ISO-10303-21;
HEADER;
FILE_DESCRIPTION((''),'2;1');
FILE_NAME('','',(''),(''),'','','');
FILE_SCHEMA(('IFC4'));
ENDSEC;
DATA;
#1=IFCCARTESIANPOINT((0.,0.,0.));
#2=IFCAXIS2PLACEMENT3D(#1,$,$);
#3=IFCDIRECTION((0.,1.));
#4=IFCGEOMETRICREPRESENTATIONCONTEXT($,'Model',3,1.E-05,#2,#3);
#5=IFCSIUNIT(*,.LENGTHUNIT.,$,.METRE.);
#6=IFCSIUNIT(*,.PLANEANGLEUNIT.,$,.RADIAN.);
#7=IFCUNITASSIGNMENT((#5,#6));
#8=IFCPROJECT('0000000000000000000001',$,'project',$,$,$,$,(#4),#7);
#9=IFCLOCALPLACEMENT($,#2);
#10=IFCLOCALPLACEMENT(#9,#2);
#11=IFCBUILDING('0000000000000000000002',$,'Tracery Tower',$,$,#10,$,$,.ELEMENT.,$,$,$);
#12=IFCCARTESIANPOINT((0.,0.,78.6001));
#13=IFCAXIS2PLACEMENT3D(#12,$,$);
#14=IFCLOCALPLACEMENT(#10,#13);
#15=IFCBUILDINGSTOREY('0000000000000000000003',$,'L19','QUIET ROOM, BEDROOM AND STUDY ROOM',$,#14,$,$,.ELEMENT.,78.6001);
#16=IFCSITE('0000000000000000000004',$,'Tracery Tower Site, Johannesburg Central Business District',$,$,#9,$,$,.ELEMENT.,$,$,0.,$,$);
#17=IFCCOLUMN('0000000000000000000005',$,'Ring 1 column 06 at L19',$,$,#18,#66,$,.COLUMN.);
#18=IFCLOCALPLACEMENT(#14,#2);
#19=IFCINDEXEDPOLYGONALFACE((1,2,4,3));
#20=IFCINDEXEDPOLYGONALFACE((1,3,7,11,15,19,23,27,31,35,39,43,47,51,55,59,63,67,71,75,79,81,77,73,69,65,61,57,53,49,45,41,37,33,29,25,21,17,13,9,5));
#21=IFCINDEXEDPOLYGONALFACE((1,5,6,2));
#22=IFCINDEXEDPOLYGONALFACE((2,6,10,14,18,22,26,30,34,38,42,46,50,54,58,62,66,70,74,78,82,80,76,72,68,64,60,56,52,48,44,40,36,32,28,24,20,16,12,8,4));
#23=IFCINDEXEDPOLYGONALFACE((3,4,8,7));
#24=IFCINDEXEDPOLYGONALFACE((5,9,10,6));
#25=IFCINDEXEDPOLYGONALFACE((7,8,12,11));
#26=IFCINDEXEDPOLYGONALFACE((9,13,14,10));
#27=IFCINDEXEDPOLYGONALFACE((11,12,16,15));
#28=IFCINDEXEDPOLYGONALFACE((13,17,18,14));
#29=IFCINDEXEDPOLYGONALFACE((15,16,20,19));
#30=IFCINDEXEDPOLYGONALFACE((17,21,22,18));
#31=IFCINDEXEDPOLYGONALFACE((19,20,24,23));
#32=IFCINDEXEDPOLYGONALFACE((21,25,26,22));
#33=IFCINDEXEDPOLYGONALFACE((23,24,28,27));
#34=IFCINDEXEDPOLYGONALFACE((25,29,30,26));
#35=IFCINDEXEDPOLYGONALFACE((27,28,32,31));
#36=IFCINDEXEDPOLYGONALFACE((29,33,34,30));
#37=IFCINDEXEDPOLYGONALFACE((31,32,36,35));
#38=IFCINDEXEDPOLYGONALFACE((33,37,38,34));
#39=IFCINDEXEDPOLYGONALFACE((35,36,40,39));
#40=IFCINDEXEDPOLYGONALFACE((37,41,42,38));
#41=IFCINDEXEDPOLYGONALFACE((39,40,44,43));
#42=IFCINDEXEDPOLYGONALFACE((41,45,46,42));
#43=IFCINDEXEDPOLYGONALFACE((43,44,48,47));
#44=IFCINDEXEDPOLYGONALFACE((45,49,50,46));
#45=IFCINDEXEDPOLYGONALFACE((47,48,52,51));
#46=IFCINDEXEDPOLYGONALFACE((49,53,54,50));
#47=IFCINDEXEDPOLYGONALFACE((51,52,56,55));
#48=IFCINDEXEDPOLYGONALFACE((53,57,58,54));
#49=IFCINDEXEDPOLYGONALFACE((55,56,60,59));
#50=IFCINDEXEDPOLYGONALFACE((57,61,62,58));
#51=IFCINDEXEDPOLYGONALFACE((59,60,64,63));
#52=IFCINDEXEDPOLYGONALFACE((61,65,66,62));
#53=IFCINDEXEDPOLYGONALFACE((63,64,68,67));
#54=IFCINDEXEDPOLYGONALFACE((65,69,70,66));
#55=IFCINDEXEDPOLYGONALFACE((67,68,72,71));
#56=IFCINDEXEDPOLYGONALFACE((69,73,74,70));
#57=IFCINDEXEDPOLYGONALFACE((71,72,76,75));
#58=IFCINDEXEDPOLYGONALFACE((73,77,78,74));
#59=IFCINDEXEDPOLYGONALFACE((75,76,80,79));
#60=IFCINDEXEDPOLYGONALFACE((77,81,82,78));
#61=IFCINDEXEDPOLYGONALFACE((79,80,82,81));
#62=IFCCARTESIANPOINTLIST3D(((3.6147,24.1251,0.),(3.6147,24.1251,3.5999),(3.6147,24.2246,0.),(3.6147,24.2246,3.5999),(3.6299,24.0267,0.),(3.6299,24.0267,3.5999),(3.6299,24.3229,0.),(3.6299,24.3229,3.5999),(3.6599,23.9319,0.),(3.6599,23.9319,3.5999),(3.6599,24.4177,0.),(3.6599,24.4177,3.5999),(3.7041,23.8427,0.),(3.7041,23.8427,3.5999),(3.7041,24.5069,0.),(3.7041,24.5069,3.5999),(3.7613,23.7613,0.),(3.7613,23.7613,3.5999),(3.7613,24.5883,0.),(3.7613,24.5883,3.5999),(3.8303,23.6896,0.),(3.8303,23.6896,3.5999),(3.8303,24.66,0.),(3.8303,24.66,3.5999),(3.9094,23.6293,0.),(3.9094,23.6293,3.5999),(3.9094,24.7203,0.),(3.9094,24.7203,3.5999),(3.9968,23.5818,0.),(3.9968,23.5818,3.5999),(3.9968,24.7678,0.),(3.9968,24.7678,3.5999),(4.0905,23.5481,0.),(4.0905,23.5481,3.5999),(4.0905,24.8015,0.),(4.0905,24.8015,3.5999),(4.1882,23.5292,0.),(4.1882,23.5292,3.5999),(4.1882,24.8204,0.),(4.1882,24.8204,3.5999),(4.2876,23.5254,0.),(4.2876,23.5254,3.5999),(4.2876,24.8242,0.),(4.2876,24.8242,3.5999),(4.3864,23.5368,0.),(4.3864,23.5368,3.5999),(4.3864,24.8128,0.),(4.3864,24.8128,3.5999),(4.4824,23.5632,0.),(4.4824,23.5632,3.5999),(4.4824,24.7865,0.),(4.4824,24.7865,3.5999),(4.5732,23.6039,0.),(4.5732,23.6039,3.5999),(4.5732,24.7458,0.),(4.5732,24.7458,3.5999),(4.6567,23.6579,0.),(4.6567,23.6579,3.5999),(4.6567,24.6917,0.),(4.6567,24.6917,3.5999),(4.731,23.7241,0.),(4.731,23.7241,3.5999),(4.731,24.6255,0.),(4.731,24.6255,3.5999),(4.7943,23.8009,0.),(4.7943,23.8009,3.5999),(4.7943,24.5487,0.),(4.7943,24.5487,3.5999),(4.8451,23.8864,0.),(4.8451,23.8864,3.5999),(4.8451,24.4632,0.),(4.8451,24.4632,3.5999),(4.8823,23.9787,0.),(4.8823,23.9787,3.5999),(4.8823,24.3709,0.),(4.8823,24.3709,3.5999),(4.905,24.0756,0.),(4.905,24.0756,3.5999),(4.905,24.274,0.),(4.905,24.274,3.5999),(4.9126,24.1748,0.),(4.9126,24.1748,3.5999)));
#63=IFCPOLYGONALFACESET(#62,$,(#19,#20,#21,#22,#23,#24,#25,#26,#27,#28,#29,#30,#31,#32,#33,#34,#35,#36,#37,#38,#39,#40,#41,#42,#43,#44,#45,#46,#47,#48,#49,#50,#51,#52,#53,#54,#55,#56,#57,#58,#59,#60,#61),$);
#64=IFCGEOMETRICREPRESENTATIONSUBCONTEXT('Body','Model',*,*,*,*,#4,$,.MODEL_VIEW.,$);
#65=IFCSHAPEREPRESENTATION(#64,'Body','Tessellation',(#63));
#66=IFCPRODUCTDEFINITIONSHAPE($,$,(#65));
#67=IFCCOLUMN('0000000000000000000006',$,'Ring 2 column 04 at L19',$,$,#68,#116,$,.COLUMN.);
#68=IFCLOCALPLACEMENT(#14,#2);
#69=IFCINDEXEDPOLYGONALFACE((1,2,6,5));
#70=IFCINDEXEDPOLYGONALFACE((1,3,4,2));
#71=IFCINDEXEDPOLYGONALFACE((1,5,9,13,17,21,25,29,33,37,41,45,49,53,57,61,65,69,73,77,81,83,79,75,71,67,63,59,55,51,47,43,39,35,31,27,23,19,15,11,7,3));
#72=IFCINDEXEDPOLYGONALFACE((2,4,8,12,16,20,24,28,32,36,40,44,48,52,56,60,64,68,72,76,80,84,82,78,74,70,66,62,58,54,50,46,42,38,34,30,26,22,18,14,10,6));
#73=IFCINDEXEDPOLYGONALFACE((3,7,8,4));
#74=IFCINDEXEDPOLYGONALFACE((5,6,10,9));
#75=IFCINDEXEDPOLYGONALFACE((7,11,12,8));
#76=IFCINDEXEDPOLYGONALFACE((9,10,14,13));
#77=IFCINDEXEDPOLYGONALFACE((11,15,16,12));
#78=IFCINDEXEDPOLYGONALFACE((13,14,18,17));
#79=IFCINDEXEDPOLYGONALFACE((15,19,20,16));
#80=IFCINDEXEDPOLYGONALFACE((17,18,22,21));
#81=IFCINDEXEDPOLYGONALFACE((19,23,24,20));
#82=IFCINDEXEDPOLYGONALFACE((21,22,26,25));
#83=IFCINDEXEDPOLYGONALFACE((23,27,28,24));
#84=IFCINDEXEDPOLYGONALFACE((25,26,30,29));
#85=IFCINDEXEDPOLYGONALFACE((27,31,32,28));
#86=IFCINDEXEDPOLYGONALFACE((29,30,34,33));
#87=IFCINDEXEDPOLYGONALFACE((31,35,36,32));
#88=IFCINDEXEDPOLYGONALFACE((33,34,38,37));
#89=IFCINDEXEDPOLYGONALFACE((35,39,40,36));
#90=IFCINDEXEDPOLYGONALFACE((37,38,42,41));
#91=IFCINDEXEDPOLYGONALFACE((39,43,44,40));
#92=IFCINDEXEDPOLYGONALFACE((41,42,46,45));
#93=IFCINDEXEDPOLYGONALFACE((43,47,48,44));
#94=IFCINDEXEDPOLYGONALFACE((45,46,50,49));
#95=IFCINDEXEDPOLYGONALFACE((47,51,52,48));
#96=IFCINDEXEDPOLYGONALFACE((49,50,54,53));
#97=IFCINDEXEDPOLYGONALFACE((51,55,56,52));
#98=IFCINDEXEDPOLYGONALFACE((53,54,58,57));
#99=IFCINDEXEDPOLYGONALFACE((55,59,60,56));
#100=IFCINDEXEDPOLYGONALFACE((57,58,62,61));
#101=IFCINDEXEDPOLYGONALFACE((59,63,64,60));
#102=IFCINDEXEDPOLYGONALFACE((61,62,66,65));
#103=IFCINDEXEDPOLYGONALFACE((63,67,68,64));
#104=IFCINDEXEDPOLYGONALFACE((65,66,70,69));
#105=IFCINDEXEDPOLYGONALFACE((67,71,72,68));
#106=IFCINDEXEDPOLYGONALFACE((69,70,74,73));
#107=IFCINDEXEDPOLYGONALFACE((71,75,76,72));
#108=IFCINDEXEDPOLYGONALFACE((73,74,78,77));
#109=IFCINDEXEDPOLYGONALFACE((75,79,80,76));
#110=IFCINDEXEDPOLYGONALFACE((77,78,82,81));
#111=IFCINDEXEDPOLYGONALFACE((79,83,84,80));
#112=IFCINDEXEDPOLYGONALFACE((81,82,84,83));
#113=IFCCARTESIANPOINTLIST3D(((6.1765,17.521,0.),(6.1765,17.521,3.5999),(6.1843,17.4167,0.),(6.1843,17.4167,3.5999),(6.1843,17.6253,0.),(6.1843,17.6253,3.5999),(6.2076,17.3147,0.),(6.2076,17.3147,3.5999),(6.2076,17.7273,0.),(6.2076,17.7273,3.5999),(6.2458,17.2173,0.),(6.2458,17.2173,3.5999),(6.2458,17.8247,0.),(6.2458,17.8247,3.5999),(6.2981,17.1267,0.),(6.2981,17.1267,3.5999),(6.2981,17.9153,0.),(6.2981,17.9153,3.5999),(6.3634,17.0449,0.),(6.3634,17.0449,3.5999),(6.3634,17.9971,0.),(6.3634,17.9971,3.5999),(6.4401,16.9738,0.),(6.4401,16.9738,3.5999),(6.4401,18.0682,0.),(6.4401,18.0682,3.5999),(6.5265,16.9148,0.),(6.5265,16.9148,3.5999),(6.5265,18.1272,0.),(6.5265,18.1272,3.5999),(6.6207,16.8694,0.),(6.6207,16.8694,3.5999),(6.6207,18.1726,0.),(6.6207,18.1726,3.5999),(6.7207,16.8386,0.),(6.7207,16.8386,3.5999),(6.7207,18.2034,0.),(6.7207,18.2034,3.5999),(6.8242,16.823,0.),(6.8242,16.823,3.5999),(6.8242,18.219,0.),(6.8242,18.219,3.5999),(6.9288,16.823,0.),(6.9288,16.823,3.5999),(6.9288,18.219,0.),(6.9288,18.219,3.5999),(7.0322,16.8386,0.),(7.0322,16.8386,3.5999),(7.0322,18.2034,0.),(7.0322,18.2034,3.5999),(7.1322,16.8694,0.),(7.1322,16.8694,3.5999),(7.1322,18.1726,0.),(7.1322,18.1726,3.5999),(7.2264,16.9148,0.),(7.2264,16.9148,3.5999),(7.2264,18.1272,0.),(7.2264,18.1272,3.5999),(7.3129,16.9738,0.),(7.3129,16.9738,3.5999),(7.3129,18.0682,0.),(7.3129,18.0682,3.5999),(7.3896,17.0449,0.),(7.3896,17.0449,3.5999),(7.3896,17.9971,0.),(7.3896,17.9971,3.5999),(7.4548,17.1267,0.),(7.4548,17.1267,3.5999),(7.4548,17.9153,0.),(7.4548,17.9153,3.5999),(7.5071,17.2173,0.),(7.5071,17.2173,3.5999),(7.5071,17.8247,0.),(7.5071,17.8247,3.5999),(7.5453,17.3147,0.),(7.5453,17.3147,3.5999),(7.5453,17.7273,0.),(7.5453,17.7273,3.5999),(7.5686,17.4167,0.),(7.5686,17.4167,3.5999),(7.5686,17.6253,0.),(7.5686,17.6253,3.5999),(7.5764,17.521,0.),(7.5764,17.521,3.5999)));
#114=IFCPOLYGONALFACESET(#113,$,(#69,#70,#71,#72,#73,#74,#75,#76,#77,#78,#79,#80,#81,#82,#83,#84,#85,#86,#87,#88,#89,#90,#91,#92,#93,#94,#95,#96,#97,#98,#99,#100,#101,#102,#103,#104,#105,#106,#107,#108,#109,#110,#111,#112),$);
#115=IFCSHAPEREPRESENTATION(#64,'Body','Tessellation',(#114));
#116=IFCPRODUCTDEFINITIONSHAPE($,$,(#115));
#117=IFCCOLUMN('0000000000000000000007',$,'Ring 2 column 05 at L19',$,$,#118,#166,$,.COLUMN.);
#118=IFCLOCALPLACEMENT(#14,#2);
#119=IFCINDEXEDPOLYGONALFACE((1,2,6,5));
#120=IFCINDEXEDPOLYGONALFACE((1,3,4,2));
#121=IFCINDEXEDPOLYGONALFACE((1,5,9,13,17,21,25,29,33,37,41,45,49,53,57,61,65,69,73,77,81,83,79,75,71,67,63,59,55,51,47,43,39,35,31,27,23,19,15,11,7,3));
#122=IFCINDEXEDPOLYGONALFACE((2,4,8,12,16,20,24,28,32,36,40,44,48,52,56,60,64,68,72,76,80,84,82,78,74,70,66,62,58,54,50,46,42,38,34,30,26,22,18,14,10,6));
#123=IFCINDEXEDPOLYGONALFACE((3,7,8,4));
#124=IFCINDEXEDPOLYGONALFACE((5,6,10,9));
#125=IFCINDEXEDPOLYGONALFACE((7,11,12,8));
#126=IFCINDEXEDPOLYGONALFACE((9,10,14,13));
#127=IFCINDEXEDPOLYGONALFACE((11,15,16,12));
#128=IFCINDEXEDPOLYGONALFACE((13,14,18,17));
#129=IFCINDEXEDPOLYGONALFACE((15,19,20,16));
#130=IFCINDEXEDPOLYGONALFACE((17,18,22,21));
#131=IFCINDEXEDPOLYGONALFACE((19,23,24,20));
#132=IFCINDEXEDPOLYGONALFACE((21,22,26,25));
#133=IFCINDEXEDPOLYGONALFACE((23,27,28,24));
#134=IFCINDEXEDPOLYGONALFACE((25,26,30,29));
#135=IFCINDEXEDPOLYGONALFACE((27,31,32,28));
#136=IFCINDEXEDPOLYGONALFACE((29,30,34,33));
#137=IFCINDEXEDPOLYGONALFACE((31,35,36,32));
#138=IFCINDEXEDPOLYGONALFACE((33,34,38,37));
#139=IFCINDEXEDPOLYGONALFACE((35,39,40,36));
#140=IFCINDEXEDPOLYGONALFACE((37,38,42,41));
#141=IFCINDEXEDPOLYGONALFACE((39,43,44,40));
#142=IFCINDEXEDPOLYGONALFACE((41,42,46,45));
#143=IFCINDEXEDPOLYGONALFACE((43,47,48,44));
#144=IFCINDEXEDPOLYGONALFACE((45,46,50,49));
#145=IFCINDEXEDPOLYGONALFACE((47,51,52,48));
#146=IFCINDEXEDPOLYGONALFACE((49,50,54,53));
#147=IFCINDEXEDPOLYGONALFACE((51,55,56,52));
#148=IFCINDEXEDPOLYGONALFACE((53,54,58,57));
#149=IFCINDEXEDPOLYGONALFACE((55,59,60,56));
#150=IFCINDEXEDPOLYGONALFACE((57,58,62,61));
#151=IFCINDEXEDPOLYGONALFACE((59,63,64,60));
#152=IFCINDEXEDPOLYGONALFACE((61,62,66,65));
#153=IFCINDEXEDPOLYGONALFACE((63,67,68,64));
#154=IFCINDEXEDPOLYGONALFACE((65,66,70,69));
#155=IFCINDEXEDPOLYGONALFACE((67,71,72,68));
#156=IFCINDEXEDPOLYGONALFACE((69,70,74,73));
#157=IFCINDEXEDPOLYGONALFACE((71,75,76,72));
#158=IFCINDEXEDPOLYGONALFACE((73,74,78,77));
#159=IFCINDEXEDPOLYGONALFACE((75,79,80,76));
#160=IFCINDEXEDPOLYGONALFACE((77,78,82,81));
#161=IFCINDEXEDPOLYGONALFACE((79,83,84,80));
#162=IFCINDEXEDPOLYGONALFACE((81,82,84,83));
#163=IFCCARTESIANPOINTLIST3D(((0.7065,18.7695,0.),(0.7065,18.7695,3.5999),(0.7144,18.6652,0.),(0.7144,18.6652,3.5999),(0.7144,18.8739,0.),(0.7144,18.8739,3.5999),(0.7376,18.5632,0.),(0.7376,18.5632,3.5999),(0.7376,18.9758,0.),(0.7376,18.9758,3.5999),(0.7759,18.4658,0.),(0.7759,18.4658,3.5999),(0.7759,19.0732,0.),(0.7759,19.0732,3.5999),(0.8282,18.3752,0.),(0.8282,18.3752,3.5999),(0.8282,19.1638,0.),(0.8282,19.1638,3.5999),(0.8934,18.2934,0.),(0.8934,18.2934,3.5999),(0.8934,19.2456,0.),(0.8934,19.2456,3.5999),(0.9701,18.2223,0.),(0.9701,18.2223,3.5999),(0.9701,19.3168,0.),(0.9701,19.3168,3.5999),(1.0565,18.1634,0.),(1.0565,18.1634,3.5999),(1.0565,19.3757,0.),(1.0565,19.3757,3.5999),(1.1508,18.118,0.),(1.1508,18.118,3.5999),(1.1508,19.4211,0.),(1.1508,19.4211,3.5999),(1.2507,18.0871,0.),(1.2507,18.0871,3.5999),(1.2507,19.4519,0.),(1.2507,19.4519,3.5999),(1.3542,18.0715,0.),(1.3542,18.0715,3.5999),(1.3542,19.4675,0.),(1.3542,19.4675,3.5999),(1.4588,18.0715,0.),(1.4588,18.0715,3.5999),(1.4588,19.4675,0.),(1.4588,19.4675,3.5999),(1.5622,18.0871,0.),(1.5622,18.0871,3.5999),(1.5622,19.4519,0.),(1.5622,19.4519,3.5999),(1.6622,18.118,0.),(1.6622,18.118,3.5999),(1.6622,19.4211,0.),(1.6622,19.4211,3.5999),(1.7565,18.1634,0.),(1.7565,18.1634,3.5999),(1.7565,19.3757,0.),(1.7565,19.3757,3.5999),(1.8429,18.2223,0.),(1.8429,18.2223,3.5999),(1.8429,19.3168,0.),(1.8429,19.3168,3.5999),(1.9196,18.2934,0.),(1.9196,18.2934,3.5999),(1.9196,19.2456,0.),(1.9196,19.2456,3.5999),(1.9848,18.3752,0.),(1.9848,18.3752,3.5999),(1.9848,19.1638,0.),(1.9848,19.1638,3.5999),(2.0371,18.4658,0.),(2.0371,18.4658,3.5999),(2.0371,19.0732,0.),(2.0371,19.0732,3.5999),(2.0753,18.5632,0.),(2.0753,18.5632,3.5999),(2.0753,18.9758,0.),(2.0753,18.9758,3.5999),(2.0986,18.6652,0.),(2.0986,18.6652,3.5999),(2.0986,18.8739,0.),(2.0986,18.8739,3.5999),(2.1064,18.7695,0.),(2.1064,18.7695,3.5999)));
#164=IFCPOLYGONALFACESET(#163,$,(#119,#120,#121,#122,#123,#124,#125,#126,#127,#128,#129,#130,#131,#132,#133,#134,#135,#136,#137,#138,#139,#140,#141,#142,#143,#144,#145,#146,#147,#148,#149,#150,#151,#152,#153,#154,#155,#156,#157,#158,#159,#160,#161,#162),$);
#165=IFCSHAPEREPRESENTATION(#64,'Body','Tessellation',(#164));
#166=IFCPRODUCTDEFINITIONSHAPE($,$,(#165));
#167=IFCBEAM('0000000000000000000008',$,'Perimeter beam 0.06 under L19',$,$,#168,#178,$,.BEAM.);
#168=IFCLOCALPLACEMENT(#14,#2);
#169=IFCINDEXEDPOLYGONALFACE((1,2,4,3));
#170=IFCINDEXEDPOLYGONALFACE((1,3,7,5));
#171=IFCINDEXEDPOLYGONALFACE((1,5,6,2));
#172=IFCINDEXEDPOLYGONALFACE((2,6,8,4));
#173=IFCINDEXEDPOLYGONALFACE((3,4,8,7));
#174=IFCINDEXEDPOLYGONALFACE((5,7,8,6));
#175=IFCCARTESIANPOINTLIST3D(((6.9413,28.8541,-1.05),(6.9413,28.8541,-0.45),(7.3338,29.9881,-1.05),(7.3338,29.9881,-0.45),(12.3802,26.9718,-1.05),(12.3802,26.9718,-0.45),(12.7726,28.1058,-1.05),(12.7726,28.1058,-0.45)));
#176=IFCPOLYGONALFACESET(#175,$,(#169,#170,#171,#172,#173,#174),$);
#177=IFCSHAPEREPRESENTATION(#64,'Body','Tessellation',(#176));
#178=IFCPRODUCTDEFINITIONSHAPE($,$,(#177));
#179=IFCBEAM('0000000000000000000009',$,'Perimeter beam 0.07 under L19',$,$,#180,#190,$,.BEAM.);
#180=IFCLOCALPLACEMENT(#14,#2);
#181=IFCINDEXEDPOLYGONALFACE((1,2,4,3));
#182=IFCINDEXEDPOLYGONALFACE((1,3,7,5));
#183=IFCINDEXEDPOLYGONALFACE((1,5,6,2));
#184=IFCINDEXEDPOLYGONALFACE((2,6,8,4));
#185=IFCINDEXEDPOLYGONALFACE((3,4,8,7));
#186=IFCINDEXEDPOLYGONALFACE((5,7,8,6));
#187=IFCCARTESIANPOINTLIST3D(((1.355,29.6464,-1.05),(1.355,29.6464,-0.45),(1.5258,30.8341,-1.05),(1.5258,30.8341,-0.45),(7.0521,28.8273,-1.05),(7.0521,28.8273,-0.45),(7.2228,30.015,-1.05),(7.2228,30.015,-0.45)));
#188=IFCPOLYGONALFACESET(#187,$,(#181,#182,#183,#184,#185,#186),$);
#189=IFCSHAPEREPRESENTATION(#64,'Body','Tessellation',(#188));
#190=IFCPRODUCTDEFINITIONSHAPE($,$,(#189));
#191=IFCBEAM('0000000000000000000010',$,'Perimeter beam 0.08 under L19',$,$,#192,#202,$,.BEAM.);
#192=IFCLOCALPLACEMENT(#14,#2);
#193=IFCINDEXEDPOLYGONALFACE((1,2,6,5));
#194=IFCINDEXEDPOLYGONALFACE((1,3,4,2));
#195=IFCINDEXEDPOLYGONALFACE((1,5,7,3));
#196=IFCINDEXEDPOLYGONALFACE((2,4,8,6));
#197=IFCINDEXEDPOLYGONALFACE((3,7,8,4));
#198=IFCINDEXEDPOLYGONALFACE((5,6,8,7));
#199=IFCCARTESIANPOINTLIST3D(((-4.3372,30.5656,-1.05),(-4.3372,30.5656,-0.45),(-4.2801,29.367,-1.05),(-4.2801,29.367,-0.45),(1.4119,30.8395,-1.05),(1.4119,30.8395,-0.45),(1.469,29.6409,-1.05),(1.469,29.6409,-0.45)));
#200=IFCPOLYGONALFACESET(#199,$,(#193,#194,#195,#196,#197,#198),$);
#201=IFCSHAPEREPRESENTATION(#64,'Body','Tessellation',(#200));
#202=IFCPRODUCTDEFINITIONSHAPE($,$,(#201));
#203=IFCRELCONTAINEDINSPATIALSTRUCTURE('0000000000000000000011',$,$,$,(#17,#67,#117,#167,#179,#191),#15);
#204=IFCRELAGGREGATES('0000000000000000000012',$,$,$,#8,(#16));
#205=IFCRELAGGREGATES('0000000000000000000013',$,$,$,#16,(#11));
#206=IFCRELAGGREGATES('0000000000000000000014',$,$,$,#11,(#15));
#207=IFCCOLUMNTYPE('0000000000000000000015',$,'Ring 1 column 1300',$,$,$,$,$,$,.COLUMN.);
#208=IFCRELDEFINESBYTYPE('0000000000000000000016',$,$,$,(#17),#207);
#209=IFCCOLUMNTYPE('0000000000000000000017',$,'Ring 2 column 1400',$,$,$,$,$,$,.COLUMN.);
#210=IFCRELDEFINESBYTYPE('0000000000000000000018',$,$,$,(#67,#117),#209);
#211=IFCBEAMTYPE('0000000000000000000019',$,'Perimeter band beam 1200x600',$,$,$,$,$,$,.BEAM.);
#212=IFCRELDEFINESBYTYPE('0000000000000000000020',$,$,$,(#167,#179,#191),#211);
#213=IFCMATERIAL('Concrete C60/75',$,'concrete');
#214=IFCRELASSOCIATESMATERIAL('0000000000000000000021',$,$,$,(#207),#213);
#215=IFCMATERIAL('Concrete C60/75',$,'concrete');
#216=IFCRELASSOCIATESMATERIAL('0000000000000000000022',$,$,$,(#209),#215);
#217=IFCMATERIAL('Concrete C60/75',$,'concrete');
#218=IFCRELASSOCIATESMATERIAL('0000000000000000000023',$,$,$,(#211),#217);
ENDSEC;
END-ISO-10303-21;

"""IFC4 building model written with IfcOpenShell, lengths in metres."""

from ifc_helpers import new_model, si_unit, direction, frame, origin, origin_2d, place, context, subcontext, project, spatial, rectangle, circle, extrude, material, material_profile, profile_set, type_object, element, save


model = new_model("IFC4")

# Units and contexts
model_context = context("Model", 3, precision=1e-05, world=origin(), true_north=direction((0.0, 1.0)))
body_context = subcontext(model_context, "Body", "Model", "MODEL_VIEW")
ifc_project = project(units=[si_unit("LENGTHUNIT", "METRE"), si_unit("PLANEANGLEUNIT", "RADIAN")], contexts=[model_context])

# Site, building, storey
site_placement = place(None, origin())
site = spatial("IfcSite", under=ifc_project, at=site_placement, Name="Tracery Tower Site, Johannesburg Central Business District", CompositionType="ELEMENT", RefElevation=0.0)
building_placement = place(site_placement, origin())
building = spatial("IfcBuilding", under=site, at=building_placement, Name="Tracery Tower", CompositionType="ELEMENT")
storey_placement = place(building_placement, frame((0.0, 0.0, 78.6001)))
storey = spatial("IfcBuildingStorey", under=building, at=storey_placement, Name="L19", Description="QUIET ROOM, BEDROOM AND STUDY ROOM", CompositionType="ELEMENT", Elevation=78.6001)

# Columns
ifc_material_1 = material(Name="Concrete C60/75", Category="concrete")
ifc_material_profile_1 = material_profile(ifc_material_1, circle(Radius=0.6499, at=origin_2d()), Name="RC D1300")
ifc_profile_set_1 = profile_set([ifc_material_profile_1], Name="Concrete C60/75")
column_type_1 = type_object("IfcColumnType", Name="Ring 1 column 1300", PredefinedType="COLUMN", material=ifc_profile_set_1)
for number, where, z_axis, x_axis, name in (
    (1, (4.2627, 24.1748, 0.0), (0.0, 0.0, 1.0), (1.0, 0.0, 0.0), "Ring 1 column 06 at L19"),
):
    element("IfcColumn", number, at=place(storey_placement, frame(where, z_axis=z_axis, x_axis=x_axis)), inside=storey, type_object=column_type_1, Name=name, PredefinedType="COLUMN", context=body_context, shape_type="SweptSolid", body=[
        extrude(circle(Radius=0.6499, at=origin_2d()), origin(), (0.0, 0.0, 1.0), 3.5999),
    ])
ifc_material_2 = material(Name="Concrete C60/75", Category="concrete")
ifc_material_profile_2 = material_profile(ifc_material_2, circle(Radius=0.7, at=origin_2d()), Name="RC D1400")
ifc_profile_set_2 = profile_set([ifc_material_profile_2], Name="Concrete C60/75")
column_type_2 = type_object("IfcColumnType", Name="Ring 2 column 1400", PredefinedType="COLUMN", material=ifc_profile_set_2)
for number, where, z_axis, x_axis, name in (
    (2, (6.8765, 17.521, 0.0), (0.0, 0.0, 1.0), (1.0, 0.0, 0.0), "Ring 2 column 04 at L19"),
    (3, (1.4065, 18.7695, 0.0), (0.0, 0.0, 1.0), (1.0, 0.0, 0.0), "Ring 2 column 05 at L19"),
):
    element("IfcColumn", number, at=place(storey_placement, frame(where, z_axis=z_axis, x_axis=x_axis)), inside=storey, type_object=column_type_2, Name=name, PredefinedType="COLUMN", context=body_context, shape_type="SweptSolid", body=[
        extrude(circle(Radius=0.7, at=origin_2d()), origin(), (0.0, 0.0, 1.0), 3.5999),
    ])

# Beams
ifc_material_3 = material(Name="Concrete C60/75", Category="concrete")
ifc_material_profile_3 = material_profile(ifc_material_3, rectangle(XDim=1.2, YDim=0.6001, at=origin_2d()), Name="RC 1200x600")
ifc_profile_set_3 = profile_set([ifc_material_profile_3], Name="Concrete C60/75")
beam_type = type_object("IfcBeamType", Name="Perimeter band beam 1200x600", PredefinedType="BEAM", material=ifc_profile_set_3)
beam_placement = place(storey_placement, frame((12.5764, 27.5388, -0.75), z_axis=(-0.945007, 0.327049, 0.0), x_axis=(-0.327049, -0.945007, 0.0)))
element("IfcBeam", 4, at=beam_placement, inside=storey, type_object=beam_type, Name="Perimeter beam 0.06 under L19", PredefinedType="BEAM", context=body_context, shape_type="SweptSolid", body=[
    extrude(rectangle(XDim=1.2, YDim=0.6001, at=origin_2d()), origin(), (0.0, 0.0, 1.0), 5.7554),
])
for number, where, z_axis, x_axis, name in (
    (5, (7.1375, 29.4211, -0.75), (-0.989822, 0.142312, 0.0), (-0.142312, -0.989822, 0.0), "Perimeter beam 0.07 under L19"),
    (6, (1.4404, 30.2402, -0.75), (-0.998867, -0.047593, 0.0), (0.047593, -0.998867, 0.0), "Perimeter beam 0.08 under L19"),
):
    element("IfcBeam", number, at=place(storey_placement, frame(where, z_axis=z_axis, x_axis=x_axis)), inside=storey, type_object=beam_type, Name=name, PredefinedType="BEAM", context=body_context, shape_type="SweptSolid", body=[
        extrude(rectangle(XDim=1.2, YDim=0.6001, at=origin_2d()), origin(), (0.0, 0.0, 1.0), 5.7556),
    ])

save(model, "model.ifc")
